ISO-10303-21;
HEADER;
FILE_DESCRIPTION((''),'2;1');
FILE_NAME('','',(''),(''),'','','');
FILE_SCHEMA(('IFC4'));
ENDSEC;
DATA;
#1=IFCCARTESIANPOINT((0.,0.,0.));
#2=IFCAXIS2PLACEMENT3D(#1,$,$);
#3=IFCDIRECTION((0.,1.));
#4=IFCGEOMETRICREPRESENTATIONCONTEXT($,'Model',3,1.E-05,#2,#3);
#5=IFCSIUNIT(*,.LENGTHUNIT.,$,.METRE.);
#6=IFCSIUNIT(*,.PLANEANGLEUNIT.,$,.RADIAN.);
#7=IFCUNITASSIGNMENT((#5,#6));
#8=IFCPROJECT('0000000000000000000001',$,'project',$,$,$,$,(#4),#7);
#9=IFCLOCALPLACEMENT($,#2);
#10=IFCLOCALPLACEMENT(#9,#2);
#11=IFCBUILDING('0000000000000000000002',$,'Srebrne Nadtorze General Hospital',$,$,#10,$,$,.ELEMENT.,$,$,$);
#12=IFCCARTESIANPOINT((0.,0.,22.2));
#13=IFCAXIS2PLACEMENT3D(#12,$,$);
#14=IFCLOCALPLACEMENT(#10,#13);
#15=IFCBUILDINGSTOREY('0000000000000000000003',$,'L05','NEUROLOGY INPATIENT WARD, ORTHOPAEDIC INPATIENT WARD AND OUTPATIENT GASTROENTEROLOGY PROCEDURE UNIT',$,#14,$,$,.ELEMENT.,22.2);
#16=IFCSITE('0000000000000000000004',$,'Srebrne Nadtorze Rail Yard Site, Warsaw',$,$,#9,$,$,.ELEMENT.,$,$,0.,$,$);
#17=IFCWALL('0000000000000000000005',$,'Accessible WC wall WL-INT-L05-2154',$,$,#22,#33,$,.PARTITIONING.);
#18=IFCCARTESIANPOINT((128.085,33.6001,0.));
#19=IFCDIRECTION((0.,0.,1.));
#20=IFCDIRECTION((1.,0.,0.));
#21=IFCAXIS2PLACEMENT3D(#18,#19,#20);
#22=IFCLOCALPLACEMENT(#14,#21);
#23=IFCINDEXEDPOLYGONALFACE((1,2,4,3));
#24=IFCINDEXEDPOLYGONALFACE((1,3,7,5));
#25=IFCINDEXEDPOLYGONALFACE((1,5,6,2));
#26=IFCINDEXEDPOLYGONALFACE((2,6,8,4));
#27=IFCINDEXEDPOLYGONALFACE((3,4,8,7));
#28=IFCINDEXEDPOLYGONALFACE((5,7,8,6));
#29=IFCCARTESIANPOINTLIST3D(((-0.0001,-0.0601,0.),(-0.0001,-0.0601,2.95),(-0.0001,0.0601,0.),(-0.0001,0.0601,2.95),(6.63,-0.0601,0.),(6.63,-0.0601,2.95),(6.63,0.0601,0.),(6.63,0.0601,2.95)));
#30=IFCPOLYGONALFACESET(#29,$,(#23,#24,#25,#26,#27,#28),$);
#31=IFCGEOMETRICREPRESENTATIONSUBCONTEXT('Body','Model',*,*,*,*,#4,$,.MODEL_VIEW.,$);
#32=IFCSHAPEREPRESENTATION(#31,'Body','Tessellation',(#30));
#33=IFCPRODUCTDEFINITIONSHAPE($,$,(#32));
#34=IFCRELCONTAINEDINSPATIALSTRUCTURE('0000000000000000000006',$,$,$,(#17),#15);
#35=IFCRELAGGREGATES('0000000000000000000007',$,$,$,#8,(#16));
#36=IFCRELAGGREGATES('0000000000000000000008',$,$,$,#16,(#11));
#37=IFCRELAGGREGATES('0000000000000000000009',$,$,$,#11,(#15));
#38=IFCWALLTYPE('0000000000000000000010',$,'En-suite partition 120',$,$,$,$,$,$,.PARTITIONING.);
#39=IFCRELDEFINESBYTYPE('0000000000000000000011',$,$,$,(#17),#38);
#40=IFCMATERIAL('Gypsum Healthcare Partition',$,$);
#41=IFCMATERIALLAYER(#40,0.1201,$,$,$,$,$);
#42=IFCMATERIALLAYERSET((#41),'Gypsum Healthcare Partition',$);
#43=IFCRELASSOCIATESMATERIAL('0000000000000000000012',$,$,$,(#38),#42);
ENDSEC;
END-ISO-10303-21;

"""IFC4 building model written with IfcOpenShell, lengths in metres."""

from ifc_helpers import new_model, si_unit, direction, frame, frame_2d, origin, place, context, subcontext, project, spatial, rectangle, extrude, material, layer, layer_set, type_object, element, save


model = new_model("IFC4")

# Units and contexts
model_context = context("Model", 3, precision=1e-05, world=origin(), true_north=direction((0.0, 1.0)))
body_context = subcontext(model_context, "Body", "Model", "MODEL_VIEW")
ifc_project = project(units=[si_unit("LENGTHUNIT", "METRE"), si_unit("PLANEANGLEUNIT", "RADIAN")], contexts=[model_context])

# Site, building, storey
site_placement = place(None, origin())
site = spatial("IfcSite", under=ifc_project, at=site_placement, Name="Srebrne Nadtorze Rail Yard Site, Warsaw", CompositionType="ELEMENT", RefElevation=0.0)
building_placement = place(site_placement, origin())
building = spatial("IfcBuilding", under=site, at=building_placement, Name="Srebrne Nadtorze General Hospital", CompositionType="ELEMENT")
storey_placement = place(building_placement, frame((0.0, 0.0, 22.2)))
storey = spatial("IfcBuildingStorey", under=building, at=storey_placement, Name="L05", Description="NEUROLOGY INPATIENT WARD, ORTHOPAEDIC INPATIENT WARD AND OUTPATIENT GASTROENTEROLOGY PROCEDURE UNIT", CompositionType="ELEMENT", Elevation=22.2)

# Shared definitions
ifc_material_1 = material(Name="Gypsum Healthcare Partition")
ifc_layer_1 = layer(ifc_material_1, 0.1201)
ifc_layer_set_1 = layer_set([ifc_layer_1], Name="Gypsum Healthcare Partition")
wall_type_1 = type_object("IfcWallType", Name="En-suite partition 120", PredefinedType="PARTITIONING", material=ifc_layer_set_1)

# Wall
wall_1_placement = place(storey_placement, frame((128.085, 33.6001, 0.0), z_axis=(0.0, 0.0, 1.0), x_axis=(1.0, 0.0, 0.0)))
element("IfcWall", 1, at=wall_1_placement, inside=storey, type_object=wall_type_1, Name="Accessible WC wall WL-INT-L05-2154", PredefinedType="PARTITIONING", context=body_context, shape_type="SweptSolid", body=[
    extrude(rectangle(XDim=6.6301, YDim=0.1201, at=frame_2d((3.3149, 0.0))), origin(), (0.0, 0.0, 1.0), 2.95),
])

save(model, "model.ifc")
